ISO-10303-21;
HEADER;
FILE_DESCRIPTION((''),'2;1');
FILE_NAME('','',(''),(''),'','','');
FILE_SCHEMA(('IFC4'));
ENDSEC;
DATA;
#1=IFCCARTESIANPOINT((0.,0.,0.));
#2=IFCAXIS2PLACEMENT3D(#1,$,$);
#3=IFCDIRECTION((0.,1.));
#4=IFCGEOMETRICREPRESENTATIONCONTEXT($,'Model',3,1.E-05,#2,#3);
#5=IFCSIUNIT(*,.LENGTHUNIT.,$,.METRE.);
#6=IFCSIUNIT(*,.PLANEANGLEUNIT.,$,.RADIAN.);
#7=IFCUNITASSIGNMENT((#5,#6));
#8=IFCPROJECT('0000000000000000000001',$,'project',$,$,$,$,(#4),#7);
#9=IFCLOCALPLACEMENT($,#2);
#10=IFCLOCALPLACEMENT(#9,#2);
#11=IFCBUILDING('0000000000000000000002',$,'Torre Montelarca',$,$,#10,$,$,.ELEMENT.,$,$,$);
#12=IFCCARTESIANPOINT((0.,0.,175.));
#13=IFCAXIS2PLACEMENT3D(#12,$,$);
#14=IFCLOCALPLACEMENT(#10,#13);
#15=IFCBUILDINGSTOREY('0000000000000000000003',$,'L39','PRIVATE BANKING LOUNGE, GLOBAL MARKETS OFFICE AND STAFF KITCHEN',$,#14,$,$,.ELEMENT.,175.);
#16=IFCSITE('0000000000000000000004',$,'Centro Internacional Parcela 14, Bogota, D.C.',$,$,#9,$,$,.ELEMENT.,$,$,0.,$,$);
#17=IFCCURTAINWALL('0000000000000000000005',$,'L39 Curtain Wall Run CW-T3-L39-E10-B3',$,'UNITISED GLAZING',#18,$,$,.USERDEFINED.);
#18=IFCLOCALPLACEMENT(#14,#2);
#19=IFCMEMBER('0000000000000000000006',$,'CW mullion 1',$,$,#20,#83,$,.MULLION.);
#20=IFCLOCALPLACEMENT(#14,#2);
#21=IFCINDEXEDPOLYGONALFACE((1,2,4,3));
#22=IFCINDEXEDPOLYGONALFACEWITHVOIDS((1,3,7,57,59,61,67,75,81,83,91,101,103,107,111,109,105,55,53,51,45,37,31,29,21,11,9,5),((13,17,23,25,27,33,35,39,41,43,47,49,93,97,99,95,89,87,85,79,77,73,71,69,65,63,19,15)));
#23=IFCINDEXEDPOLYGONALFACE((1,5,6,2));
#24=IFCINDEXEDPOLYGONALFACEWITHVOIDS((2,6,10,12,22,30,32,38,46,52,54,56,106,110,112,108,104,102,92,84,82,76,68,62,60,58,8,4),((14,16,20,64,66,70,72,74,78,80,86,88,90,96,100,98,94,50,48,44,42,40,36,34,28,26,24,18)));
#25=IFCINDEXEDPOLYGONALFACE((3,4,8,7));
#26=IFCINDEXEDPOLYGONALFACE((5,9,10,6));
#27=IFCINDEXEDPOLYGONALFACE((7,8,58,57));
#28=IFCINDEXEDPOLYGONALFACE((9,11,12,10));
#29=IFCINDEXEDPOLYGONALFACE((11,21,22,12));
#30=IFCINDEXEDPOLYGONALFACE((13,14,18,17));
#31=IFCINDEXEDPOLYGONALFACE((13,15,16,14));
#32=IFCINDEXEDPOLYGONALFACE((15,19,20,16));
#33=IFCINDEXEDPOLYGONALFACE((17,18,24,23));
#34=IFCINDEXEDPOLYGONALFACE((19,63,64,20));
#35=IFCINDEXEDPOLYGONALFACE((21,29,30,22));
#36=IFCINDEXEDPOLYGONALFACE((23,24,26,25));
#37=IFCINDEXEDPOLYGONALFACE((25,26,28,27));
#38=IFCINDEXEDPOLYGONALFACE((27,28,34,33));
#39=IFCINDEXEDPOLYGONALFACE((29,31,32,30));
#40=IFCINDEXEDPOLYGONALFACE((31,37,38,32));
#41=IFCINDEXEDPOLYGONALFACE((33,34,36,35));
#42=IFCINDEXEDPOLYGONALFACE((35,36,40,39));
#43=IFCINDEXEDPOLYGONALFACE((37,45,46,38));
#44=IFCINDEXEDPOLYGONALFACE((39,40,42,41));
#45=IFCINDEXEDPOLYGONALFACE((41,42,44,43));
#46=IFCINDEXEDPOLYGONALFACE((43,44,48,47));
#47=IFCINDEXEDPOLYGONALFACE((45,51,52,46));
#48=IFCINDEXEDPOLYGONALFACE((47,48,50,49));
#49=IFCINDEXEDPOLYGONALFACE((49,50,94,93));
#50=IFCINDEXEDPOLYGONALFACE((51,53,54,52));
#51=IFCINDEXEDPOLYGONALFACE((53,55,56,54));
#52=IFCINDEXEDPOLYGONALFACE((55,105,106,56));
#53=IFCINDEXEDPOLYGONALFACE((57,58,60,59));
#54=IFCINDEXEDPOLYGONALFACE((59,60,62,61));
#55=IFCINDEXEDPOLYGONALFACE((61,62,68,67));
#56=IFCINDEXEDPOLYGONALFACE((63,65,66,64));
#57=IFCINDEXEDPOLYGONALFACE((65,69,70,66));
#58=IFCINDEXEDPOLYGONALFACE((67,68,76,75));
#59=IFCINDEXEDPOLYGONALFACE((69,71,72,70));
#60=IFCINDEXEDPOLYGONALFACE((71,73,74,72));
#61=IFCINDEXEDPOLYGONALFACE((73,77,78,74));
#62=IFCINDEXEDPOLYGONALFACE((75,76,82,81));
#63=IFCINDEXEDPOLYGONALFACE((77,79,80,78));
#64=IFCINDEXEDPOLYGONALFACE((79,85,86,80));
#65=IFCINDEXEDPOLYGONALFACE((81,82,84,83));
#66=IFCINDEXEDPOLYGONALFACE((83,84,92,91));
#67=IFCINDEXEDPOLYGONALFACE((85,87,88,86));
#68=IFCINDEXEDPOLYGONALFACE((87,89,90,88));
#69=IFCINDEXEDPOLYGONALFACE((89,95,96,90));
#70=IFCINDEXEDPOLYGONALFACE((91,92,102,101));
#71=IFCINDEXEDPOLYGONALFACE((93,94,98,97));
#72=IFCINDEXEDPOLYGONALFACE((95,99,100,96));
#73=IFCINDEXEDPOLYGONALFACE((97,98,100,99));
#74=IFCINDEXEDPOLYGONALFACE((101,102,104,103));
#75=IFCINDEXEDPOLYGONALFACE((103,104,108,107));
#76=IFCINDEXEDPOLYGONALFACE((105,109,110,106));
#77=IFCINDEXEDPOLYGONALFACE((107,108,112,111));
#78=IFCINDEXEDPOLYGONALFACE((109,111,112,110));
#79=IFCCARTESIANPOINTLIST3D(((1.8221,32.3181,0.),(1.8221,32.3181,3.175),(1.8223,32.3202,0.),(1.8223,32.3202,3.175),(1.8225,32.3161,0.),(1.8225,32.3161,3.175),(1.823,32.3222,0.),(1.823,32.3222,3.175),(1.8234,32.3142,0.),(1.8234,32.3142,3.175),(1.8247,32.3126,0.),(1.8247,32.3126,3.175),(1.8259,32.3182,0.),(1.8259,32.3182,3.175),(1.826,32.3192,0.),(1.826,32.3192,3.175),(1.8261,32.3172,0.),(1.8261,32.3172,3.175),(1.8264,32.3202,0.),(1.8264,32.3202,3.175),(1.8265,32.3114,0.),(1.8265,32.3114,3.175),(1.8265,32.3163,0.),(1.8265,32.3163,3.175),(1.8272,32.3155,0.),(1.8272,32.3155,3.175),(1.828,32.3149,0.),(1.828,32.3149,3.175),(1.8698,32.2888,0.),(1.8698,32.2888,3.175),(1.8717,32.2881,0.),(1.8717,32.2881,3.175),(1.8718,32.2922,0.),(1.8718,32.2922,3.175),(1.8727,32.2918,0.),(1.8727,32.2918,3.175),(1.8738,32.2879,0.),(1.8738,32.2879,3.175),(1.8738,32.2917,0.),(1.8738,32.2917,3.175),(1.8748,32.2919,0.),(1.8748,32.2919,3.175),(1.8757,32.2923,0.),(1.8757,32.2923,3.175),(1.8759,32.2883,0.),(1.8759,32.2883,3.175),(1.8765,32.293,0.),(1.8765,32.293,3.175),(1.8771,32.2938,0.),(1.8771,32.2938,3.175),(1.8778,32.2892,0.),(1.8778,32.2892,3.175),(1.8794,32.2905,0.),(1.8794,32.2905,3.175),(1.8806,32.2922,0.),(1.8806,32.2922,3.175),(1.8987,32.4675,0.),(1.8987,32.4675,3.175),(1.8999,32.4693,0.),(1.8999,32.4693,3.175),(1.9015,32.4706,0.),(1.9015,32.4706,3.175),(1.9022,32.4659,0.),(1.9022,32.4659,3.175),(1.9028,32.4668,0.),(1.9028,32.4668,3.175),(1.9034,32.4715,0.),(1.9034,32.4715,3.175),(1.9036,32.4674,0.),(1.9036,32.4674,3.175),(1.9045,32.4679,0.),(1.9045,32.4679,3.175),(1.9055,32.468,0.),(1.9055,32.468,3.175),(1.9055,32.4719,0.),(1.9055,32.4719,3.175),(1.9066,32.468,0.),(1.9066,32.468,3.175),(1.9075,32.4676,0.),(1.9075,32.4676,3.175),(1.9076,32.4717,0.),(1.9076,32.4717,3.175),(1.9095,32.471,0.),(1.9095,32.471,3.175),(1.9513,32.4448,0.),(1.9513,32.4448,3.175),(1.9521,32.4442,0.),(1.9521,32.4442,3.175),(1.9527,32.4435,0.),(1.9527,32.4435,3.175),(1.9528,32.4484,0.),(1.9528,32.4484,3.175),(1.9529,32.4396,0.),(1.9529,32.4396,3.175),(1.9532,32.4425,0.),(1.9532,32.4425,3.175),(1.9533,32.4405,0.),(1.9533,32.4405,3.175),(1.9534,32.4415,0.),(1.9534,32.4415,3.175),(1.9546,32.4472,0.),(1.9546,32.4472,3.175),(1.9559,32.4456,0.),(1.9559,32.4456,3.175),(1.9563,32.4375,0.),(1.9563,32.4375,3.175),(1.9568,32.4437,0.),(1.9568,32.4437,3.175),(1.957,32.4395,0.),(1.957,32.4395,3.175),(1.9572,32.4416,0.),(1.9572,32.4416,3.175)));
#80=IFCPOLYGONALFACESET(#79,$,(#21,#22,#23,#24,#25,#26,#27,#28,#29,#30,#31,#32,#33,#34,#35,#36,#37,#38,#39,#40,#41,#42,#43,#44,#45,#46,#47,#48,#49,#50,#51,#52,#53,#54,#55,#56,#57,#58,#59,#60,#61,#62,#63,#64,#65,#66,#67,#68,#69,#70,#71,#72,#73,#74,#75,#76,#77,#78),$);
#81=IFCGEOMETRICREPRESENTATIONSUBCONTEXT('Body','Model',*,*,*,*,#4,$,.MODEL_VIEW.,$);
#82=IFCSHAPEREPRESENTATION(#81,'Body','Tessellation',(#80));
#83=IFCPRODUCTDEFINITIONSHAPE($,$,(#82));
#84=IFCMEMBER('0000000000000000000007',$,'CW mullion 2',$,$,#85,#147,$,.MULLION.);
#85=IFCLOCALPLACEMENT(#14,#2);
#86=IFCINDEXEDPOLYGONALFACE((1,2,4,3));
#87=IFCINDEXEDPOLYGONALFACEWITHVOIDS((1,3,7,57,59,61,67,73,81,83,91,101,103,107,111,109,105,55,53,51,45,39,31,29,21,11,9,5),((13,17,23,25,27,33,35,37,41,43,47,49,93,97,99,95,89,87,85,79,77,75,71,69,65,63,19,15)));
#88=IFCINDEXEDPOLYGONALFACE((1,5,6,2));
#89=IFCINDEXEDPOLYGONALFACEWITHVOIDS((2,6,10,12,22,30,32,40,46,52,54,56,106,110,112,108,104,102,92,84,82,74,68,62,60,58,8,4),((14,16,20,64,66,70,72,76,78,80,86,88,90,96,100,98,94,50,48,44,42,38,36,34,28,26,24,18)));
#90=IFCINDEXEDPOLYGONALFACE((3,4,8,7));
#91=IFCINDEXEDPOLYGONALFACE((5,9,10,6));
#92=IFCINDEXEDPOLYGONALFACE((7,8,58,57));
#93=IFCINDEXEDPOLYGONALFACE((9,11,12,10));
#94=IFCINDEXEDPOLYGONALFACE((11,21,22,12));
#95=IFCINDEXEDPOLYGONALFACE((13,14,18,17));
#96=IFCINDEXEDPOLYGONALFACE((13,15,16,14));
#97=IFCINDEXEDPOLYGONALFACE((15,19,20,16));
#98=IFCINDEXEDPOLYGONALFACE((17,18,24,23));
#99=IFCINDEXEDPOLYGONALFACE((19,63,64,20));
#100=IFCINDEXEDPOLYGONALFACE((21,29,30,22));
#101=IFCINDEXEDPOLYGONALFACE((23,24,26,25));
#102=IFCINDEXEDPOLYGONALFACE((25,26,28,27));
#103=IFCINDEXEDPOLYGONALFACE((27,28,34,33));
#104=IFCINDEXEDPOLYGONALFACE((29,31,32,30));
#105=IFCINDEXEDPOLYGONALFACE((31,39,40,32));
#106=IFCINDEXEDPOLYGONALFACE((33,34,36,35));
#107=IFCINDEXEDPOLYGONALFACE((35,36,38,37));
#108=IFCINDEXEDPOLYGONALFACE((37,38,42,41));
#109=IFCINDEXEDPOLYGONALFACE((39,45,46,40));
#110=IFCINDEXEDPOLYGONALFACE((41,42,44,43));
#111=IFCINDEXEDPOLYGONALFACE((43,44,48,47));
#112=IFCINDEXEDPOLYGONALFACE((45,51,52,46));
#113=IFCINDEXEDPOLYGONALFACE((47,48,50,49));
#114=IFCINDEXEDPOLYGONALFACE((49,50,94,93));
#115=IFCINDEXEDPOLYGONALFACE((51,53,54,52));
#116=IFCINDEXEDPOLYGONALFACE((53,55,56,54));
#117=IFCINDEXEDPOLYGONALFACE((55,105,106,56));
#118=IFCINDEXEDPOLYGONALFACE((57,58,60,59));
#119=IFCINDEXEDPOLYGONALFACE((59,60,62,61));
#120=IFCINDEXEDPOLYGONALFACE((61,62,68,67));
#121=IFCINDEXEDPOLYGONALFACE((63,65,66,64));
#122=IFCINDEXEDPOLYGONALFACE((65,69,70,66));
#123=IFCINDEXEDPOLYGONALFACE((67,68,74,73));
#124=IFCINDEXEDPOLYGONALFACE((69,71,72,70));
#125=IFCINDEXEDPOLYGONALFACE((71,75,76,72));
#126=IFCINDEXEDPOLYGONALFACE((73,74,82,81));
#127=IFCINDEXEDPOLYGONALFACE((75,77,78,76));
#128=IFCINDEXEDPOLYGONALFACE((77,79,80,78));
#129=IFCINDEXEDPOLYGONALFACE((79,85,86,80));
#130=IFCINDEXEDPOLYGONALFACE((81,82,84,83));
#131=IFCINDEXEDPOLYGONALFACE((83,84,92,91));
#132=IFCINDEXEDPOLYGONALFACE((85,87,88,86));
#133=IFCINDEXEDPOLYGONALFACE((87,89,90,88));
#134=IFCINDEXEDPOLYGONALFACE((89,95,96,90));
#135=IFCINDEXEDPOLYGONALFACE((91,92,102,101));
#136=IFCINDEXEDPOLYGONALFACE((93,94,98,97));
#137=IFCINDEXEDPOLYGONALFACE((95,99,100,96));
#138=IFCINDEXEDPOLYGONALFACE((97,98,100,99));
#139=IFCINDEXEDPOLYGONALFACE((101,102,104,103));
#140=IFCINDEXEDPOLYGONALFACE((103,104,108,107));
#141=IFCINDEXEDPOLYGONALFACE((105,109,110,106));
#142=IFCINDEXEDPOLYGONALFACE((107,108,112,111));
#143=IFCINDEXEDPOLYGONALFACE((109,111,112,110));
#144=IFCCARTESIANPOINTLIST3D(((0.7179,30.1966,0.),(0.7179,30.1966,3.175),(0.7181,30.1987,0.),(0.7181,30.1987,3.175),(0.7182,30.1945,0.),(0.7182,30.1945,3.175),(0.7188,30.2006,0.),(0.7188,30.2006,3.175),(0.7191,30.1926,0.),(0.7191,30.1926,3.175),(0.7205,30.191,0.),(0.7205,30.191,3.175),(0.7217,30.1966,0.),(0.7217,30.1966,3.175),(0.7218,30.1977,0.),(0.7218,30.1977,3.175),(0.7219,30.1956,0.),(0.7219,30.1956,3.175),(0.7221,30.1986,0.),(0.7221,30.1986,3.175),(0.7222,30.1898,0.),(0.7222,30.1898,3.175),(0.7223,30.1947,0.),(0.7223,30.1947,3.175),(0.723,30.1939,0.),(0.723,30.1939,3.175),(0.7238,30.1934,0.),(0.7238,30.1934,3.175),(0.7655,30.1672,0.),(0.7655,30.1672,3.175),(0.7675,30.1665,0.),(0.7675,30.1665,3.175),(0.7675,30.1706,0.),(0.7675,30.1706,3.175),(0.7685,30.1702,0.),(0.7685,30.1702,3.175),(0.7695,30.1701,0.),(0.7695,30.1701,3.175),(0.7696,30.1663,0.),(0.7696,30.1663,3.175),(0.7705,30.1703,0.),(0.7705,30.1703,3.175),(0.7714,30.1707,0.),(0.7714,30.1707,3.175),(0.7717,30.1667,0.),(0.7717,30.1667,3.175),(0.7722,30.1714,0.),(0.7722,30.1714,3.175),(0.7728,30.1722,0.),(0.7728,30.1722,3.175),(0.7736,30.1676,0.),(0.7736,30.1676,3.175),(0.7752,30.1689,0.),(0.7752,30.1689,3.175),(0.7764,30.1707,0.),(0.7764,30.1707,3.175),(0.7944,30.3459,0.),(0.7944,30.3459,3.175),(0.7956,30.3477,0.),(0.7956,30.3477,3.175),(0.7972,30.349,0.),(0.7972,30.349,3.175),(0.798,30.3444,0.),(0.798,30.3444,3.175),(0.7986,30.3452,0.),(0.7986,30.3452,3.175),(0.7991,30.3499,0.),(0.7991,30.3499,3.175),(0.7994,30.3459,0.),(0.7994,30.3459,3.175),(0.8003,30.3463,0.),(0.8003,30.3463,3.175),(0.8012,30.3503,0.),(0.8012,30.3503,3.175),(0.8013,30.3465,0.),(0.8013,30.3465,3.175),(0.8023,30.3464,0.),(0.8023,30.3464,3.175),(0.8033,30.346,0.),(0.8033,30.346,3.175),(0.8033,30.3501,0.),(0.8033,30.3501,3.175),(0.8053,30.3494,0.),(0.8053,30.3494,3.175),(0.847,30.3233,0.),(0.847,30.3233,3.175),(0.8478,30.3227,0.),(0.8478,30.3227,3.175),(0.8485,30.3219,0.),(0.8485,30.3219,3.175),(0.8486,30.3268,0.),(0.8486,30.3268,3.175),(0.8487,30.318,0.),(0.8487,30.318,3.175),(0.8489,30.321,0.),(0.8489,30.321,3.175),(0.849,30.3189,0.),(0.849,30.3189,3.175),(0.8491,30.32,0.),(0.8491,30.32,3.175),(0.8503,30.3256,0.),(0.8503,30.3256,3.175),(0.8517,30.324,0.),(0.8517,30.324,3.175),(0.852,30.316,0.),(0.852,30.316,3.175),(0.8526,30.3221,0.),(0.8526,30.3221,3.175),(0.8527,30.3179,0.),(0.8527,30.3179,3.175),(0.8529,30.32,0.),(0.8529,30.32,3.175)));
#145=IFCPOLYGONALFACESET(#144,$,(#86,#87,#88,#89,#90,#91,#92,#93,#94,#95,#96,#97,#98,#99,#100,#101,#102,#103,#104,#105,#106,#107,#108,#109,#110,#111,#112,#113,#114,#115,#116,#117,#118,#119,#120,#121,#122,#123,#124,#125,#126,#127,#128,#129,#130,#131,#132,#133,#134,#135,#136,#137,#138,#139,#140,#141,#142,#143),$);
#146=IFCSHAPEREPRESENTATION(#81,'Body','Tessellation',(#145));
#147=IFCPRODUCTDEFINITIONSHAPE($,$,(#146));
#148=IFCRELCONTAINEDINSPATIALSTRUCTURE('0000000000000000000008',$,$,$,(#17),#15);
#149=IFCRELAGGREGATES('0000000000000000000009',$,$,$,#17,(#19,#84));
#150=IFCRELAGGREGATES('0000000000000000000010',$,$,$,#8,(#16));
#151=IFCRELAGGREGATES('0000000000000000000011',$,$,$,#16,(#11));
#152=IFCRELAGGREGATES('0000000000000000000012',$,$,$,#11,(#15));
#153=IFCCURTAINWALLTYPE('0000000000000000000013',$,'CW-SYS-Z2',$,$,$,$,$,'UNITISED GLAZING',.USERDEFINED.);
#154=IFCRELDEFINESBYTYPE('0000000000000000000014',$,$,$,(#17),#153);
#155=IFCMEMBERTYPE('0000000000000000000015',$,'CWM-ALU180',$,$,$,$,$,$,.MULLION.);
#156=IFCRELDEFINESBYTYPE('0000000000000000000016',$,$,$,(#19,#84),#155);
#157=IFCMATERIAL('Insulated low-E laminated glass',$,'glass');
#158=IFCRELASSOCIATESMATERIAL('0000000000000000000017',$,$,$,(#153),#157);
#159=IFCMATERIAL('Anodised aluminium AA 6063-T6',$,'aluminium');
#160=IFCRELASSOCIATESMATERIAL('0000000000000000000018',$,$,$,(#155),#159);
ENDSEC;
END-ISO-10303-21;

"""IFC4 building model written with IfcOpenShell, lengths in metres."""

from ifc_helpers import new_model, si_unit, direction, frame, origin, origin_2d, place, context, subcontext, project, spatial, hollow_rectangle, extrude, source, transform, mapped, material, material_profile, profile_set, type_object, element, aggregate, save


model = new_model("IFC4")

# Units and contexts
model_context = context("Model", 3, precision=1e-05, world=origin(), true_north=direction((0.0, 1.0)))
body_context = subcontext(model_context, "Body", "Model", "MODEL_VIEW")
ifc_project = project(units=[si_unit("LENGTHUNIT", "METRE"), si_unit("PLANEANGLEUNIT", "RADIAN")], contexts=[model_context])

# Site, building, storey
site_placement = place(None, origin())
site = spatial("IfcSite", under=ifc_project, at=site_placement, Name="Centro Internacional Parcela 14, Bogota, D.C.", CompositionType="ELEMENT", RefElevation=0.0)
building_placement = place(site_placement, origin())
building = spatial("IfcBuilding", under=site, at=building_placement, Name="Torre Montelarca", CompositionType="ELEMENT")
storey_placement = place(building_placement, frame((0.0, 0.0, 175.0)))
storey = spatial("IfcBuildingStorey", under=building, at=storey_placement, Name="L39", Description="PRIVATE BANKING LOUNGE, GLOBAL MARKETS OFFICE AND STAFF KITCHEN", CompositionType="ELEMENT", Elevation=175.0)

# Curtain wall, members
ifc_material_1 = material(Name="Insulated low-E laminated glass", Category="glass")
curtain_wall_type = type_object("IfcCurtainWallType", Name="CW-SYS-Z2", ElementType="UNITISED GLAZING", PredefinedType="USERDEFINED", material=ifc_material_1)
ifc_material_2 = material(Name="Anodised aluminium AA 6063-T6", Category="aluminium")
ifc_material_profile_1 = material_profile(ifc_material_2, hollow_rectangle(XDim=0.0649, YDim=0.1799, WallThickness=0.0039, InnerFilletRadius=0.0039, OuterFilletRadius=0.0081, at=origin_2d()), Name="ALU65X180X4", Category="aluminium")
ifc_profile_set_1 = profile_set([ifc_material_profile_1], Name="Anodised aluminium AA 6063-T6")
member_type_1 = type_object("IfcMemberType", Name="CWM-ALU180", PredefinedType="MULLION", material=ifc_profile_set_1)
curtain_wall_1_placement = place(storey_placement, origin())
curtain_wall_1 = element("IfcCurtainWall", 1, at=curtain_wall_1_placement, inside=storey, type_object=curtain_wall_type, Name="L39 Curtain Wall Run CW-T3-L39-E10-B3", ObjectType="UNITISED GLAZING", PredefinedType="USERDEFINED")
shared_shape_1 = source(origin(), body_context, "Body", "SweptSolid", [
    extrude(hollow_rectangle(XDim=0.0649, YDim=0.1799, WallThickness=0.0039, InnerFilletRadius=0.0039, OuterFilletRadius=0.0081, at=origin_2d()), origin(), (0.0, 0.0, 1.0), 3.175),
])
member_1_placement = place(storey_placement, frame((1.8896, 32.3799, 0.0), z_axis=(0.0, 0.0, 1.0), x_axis=(0.887015, -0.46174, 0.0)))
member_1 = element("IfcMember", 2, at=member_1_placement, type_object=member_type_1, Name="CW mullion 1", PredefinedType="MULLION", context=body_context, shape_type="MappedRepresentation", body=[
    mapped(shared_shape_1, transform((0.0, 0.0, 0.0), scale=1.0)),
])
member_2_placement = place(storey_placement, frame((0.7854, 30.2583, 0.0), z_axis=(0.0, 0.0, 1.0), x_axis=(0.887015, -0.46174, 0.0)))
member_2 = element("IfcMember", 3, at=member_2_placement, type_object=member_type_1, Name="CW mullion 2", PredefinedType="MULLION", context=body_context, shape_type="MappedRepresentation", body=[
    mapped(shared_shape_1, transform((0.0, 0.0, 0.0), scale=1.0)),
])

aggregate(curtain_wall_1, [member_1, member_2])

save(model, "model.ifc")
